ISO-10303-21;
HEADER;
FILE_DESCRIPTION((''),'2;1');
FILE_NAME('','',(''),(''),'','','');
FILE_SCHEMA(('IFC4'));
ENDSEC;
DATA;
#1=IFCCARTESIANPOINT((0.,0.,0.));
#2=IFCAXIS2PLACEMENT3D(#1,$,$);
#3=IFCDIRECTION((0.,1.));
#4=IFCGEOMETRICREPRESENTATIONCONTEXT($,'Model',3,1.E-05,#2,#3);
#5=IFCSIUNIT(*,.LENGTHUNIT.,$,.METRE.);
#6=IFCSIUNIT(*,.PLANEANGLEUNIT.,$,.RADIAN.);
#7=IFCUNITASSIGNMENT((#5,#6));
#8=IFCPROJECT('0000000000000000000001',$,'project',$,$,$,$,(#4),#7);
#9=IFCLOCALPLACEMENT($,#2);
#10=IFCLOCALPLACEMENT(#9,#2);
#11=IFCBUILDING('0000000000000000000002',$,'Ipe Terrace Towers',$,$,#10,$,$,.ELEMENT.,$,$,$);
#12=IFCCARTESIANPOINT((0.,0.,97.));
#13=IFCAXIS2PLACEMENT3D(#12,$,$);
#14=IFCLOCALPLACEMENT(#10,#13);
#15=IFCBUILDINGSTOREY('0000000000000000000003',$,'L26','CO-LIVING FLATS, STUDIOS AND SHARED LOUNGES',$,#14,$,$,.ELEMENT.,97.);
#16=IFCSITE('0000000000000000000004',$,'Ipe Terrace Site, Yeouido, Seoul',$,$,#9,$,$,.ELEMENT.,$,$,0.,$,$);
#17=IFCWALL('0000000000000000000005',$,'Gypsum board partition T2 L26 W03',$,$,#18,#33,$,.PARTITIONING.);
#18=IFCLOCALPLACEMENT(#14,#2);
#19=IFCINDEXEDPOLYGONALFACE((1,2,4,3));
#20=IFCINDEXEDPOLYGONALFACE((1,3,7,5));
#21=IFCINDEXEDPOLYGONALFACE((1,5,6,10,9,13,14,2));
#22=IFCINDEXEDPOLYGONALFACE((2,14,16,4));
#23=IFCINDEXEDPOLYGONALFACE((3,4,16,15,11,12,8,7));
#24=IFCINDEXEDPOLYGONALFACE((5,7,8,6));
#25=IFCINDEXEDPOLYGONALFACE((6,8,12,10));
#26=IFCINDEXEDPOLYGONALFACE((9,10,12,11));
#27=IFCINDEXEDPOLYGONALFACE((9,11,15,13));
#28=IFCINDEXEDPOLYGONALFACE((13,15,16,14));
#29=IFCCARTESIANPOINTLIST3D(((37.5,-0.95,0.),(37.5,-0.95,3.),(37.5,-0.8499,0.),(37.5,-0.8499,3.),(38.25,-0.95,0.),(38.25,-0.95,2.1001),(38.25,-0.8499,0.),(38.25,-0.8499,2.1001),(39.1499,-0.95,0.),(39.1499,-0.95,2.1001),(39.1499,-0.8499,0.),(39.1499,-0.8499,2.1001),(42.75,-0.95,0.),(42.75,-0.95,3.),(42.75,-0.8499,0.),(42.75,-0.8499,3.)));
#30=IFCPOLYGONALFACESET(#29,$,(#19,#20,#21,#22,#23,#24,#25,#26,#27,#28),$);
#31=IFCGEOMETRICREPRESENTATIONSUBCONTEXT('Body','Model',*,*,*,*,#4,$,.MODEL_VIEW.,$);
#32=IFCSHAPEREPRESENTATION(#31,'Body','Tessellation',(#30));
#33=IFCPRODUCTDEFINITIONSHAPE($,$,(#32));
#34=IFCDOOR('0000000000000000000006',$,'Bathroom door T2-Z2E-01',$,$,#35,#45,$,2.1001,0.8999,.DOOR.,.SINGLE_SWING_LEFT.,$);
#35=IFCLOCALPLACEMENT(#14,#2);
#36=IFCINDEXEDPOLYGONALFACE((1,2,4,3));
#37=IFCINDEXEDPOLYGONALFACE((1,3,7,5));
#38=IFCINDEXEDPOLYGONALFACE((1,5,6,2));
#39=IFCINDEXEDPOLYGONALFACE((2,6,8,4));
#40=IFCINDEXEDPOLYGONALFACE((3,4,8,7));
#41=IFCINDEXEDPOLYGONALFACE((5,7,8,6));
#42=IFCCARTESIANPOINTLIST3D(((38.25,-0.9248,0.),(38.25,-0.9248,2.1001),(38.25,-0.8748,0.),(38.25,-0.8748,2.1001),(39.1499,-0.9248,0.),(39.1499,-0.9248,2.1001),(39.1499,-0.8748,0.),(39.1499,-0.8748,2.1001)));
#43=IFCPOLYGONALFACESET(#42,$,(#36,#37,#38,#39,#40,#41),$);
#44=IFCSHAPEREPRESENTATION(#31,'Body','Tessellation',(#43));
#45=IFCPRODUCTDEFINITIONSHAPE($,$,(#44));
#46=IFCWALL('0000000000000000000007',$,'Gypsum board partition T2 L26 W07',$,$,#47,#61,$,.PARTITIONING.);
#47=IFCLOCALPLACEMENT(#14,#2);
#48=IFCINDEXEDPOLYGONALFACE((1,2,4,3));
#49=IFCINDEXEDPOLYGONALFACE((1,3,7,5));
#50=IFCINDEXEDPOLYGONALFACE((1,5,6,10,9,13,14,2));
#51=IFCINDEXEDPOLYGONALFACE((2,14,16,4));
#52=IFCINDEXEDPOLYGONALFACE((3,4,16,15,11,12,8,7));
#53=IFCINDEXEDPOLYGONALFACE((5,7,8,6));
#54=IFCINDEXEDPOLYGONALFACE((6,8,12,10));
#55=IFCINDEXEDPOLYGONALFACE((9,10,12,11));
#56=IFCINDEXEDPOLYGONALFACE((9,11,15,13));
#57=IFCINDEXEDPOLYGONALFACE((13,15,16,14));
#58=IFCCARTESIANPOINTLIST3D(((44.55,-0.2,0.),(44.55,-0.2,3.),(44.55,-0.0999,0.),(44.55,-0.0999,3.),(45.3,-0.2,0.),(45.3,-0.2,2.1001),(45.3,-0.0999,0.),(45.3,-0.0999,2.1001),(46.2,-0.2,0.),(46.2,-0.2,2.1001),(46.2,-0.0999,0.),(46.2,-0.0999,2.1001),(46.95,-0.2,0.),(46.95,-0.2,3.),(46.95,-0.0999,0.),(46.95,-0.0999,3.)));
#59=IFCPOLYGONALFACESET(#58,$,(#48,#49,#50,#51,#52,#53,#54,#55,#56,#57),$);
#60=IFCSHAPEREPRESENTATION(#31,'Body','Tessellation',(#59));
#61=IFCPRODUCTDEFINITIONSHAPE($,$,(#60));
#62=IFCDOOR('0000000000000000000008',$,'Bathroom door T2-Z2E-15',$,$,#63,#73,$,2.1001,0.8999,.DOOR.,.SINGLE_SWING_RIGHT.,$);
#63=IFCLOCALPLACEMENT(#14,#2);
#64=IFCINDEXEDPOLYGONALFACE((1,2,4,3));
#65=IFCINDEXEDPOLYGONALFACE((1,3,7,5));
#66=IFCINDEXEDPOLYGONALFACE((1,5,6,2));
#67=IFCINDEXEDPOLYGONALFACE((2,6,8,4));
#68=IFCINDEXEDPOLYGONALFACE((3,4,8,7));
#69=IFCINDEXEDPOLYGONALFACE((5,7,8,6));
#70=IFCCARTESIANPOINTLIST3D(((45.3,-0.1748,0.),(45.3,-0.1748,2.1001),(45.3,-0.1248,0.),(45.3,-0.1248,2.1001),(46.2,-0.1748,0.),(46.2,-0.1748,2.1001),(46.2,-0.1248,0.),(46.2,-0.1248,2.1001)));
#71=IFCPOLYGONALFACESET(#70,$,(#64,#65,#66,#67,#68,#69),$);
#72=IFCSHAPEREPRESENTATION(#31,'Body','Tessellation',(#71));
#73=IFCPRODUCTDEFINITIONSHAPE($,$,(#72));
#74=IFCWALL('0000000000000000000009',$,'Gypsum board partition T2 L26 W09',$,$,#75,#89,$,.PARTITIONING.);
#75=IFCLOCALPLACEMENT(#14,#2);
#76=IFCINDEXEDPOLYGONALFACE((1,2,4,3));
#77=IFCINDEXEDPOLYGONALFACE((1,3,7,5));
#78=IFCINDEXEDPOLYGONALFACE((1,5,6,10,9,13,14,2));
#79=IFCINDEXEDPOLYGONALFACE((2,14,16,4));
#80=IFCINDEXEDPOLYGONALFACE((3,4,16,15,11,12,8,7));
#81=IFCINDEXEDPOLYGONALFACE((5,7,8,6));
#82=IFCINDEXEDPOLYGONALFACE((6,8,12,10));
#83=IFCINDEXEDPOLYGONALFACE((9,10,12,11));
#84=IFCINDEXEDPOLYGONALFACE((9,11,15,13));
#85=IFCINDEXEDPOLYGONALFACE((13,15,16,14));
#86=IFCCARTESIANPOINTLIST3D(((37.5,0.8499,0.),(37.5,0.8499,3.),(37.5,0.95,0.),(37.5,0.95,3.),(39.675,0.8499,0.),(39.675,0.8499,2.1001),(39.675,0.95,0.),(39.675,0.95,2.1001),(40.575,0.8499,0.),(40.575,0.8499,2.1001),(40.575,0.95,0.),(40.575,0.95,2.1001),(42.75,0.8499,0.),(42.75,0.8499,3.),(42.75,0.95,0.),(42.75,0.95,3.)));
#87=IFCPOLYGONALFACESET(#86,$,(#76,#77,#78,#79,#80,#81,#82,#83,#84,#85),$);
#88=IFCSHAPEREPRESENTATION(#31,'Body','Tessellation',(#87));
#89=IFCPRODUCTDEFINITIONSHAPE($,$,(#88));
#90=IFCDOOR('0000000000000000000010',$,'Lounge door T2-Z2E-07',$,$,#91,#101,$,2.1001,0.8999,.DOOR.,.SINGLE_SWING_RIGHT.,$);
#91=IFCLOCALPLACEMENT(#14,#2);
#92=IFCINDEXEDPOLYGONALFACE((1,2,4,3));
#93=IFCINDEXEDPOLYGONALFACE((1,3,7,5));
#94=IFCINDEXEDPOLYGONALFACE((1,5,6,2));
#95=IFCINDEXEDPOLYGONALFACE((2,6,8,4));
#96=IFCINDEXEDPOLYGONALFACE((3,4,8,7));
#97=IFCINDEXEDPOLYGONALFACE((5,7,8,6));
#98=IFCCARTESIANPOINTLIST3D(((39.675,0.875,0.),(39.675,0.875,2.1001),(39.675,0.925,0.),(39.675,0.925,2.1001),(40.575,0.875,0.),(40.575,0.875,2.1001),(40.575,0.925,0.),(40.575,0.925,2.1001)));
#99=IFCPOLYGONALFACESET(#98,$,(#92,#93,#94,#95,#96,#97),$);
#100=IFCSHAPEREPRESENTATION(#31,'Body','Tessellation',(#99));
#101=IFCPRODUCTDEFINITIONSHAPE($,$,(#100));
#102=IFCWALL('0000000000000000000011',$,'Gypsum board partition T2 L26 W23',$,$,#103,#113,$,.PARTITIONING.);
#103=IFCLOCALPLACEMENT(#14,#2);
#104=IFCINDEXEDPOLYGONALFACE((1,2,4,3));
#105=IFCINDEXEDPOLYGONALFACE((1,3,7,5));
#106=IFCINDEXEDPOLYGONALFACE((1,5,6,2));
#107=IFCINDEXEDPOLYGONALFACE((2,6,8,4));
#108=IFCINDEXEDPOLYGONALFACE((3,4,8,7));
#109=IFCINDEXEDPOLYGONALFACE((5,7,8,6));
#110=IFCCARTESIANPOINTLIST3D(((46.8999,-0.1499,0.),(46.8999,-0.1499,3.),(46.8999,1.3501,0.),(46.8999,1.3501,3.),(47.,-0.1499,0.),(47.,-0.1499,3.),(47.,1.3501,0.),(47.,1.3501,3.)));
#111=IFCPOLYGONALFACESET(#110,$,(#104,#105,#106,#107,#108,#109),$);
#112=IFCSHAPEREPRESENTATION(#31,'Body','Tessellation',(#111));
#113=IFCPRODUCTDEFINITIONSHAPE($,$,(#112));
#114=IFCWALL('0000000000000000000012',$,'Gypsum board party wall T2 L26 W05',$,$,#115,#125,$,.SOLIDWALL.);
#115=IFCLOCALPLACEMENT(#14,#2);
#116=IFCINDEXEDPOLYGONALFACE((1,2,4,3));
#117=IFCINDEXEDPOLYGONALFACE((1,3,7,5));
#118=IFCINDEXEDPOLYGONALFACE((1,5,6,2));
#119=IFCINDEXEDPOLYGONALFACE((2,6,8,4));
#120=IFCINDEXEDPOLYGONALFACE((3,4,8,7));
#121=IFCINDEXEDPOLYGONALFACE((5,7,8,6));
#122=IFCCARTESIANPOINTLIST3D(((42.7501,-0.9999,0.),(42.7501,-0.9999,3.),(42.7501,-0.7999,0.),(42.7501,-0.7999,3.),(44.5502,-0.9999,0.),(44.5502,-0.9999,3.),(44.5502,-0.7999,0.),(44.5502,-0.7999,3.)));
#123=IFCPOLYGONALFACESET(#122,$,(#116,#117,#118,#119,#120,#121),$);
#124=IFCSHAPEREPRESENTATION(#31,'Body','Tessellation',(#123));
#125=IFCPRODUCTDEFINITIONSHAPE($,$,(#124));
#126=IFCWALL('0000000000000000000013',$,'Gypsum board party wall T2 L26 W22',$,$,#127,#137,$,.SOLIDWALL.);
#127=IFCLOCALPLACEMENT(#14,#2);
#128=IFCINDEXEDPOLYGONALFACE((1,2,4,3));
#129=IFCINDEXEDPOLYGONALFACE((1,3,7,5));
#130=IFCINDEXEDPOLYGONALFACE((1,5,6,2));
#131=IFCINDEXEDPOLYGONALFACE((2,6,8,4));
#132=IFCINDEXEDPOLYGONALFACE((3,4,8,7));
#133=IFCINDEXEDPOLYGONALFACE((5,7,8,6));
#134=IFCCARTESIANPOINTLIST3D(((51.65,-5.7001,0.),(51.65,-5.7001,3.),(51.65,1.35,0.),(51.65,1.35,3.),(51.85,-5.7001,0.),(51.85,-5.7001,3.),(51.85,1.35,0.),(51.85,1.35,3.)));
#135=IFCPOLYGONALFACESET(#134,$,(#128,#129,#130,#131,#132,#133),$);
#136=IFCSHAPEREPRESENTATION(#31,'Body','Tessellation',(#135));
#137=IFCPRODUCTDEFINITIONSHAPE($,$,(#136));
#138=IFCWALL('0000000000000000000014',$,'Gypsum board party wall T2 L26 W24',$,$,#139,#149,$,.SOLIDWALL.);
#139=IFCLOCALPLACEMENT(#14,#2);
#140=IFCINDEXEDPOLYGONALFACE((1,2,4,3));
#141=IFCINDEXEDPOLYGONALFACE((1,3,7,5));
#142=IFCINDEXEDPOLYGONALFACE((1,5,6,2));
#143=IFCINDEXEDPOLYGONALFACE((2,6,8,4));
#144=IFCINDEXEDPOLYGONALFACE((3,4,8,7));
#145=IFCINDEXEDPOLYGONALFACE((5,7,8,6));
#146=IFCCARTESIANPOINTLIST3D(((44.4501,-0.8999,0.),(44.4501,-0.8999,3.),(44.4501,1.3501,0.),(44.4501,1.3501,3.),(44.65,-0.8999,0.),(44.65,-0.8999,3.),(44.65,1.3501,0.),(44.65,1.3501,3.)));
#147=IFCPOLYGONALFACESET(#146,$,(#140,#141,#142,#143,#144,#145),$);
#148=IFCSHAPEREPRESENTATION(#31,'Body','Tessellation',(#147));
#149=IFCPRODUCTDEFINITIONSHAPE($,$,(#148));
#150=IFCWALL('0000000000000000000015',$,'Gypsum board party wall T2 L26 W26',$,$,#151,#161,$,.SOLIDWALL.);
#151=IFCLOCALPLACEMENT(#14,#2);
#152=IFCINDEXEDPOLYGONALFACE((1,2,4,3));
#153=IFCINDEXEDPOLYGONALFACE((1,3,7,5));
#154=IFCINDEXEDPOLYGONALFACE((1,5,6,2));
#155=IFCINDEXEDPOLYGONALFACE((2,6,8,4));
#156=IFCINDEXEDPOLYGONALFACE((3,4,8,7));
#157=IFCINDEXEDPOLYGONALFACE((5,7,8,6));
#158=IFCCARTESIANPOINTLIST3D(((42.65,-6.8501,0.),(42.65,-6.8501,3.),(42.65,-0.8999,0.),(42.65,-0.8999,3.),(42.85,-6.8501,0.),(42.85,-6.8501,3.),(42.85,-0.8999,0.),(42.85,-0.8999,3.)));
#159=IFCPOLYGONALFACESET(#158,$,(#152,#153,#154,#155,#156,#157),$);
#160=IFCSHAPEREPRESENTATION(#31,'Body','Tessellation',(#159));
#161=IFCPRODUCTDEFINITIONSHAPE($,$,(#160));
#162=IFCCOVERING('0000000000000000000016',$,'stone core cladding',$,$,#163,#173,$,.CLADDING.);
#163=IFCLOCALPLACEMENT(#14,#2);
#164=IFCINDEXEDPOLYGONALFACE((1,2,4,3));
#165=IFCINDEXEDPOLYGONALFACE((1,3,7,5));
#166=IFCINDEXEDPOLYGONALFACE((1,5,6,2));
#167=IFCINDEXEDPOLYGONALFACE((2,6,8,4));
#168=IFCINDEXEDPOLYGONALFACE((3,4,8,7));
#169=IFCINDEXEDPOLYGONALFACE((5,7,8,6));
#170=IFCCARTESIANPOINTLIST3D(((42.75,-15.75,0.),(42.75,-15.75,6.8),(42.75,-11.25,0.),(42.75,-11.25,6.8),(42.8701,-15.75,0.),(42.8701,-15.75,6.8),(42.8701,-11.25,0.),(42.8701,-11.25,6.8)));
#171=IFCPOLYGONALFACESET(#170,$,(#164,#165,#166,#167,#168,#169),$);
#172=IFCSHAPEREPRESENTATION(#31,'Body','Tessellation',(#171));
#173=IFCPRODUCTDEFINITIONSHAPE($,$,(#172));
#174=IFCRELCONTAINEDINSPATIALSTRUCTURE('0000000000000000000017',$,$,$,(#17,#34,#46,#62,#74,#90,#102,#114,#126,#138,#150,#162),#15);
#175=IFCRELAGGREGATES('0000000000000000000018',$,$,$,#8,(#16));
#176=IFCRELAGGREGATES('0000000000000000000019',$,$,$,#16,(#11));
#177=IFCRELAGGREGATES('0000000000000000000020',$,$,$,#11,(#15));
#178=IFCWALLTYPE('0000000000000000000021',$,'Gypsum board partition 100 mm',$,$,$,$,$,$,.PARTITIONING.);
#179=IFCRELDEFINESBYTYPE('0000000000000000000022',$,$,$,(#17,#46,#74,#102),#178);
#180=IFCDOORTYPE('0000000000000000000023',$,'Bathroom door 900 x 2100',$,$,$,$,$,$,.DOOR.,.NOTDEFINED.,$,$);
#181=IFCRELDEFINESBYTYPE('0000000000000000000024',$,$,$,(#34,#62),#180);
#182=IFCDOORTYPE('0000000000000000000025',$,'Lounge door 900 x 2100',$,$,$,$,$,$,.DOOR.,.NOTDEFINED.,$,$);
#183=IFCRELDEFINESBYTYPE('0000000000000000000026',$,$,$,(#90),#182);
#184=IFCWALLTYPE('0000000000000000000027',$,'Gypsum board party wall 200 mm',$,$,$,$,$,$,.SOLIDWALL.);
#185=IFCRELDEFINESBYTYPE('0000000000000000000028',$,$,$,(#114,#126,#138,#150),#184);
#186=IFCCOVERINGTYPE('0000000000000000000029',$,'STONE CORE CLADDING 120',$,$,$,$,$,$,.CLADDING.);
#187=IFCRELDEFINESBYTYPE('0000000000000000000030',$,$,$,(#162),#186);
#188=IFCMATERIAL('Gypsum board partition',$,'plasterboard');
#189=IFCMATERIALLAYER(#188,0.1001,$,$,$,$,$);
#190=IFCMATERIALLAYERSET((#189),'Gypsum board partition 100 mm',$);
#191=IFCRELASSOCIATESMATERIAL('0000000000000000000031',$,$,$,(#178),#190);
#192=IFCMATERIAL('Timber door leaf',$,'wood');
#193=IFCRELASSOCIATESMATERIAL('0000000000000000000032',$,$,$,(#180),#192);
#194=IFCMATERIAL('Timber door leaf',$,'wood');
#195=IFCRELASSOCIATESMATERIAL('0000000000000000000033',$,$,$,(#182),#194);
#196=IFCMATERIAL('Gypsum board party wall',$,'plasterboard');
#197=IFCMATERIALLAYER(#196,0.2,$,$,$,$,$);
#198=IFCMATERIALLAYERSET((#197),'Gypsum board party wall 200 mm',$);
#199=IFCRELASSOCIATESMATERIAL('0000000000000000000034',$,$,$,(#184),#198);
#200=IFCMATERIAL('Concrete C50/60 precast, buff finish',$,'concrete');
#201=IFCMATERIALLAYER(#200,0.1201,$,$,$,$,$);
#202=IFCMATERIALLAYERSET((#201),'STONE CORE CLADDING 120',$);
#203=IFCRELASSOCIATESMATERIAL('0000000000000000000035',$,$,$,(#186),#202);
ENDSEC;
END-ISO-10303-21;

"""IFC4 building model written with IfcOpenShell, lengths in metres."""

from ifc_helpers import new_model, si_unit, direction, frame, frame_2d, origin, origin_2d, place, context, subcontext, project, spatial, rectangle, extrude, material, layer, layer_set, type_object, element, fill, save


model = new_model("IFC4")

# Units and contexts
model_context = context("Model", 3, precision=1e-05, world=origin(), true_north=direction((0.0, 1.0)))
body_context = subcontext(model_context, "Body", "Model", "MODEL_VIEW")
ifc_project = project(units=[si_unit("LENGTHUNIT", "METRE"), si_unit("PLANEANGLEUNIT", "RADIAN")], contexts=[model_context])

# Site, building, storey
site_placement = place(None, origin())
site = spatial("IfcSite", under=ifc_project, at=site_placement, Name="Ipe Terrace Site, Yeouido, Seoul", CompositionType="ELEMENT", RefElevation=0.0)
building_placement = place(site_placement, origin())
building = spatial("IfcBuilding", under=site, at=building_placement, Name="Ipe Terrace Towers", CompositionType="ELEMENT")
storey_placement = place(building_placement, frame((0.0, 0.0, 97.0)))
storey = spatial("IfcBuildingStorey", under=building, at=storey_placement, Name="L26", Description="CO-LIVING FLATS, STUDIOS AND SHARED LOUNGES", CompositionType="ELEMENT", Elevation=97.0)

# Walls, openings, doors
ifc_material_1 = material(Name="Gypsum board partition", Category="plasterboard")
ifc_layer_1 = layer(ifc_material_1, 0.1001)
ifc_layer_set_1 = layer_set([ifc_layer_1], Name="Gypsum board partition 100 mm")
wall_type_1 = type_object("IfcWallType", Name="Gypsum board partition 100 mm", PredefinedType="PARTITIONING", material=ifc_layer_set_1)
wall_1_placement = place(storey_placement, frame((42.75, -0.8999, 0.0), z_axis=(0.0, 0.0, 1.0), x_axis=(-1.0, 0.0, 0.0)))
wall_1 = element("IfcWall", 1, at=wall_1_placement, inside=storey, type_object=wall_type_1, Name="Gypsum board partition T2 L26 W03", PredefinedType="PARTITIONING", context=body_context, shape_type="SweptSolid", body=[
    extrude(rectangle(XDim=5.25, YDim=0.1001, at=frame_2d((2.625, 0.0))), origin(), (0.0, 0.0, 1.0), 3.0),
])
opening_1_placement = place(wall_1_placement, frame((3.6001, 0.0, 0.0)))
opening_1 = element("IfcOpeningElement", 2, at=opening_1_placement, cuts=wall_1, PredefinedType="OPENING", context=body_context, shape_type="SweptSolid", body=[
    extrude(rectangle(XDim=0.8999, YDim=2.1001, at=frame_2d((0.45, 1.05))), frame((0.0, 0.0601, 0.0), z_axis=(0.0, -1.0, 0.0), x_axis=(1.0, 0.0, 0.0)), (0.0, 0.0, 1.0), 0.1201),
])
ifc_material_2 = material(Name="Timber door leaf", Category="wood")
door_type_1 = type_object("IfcDoorType", Name="Bathroom door 900 x 2100", OperationType="NOTDEFINED", PredefinedType="DOOR", material=ifc_material_2)
door_1_placement = place(opening_1_placement, origin())
door_1 = element("IfcDoor", 3, at=door_1_placement, inside=storey, type_object=door_type_1, Name="Bathroom door T2-Z2E-01", OperationType="SINGLE_SWING_LEFT", OverallHeight=2.1001, OverallWidth=0.8999, PredefinedType="DOOR", context=body_context, shape_type="SweptSolid", body=[
    extrude(rectangle(XDim=0.8999, YDim=2.1001, at=frame_2d((0.45, 1.05))), frame((0.0, 0.0249, 0.0), z_axis=(0.0, -1.0, 0.0), x_axis=(1.0, 0.0, 0.0)), (0.0, 0.0, 1.0), 0.05),
])
fill(opening_1, door_1)
wall_2_placement = place(storey_placement, frame((46.95, -0.1499, 0.0), z_axis=(0.0, 0.0, 1.0), x_axis=(-1.0, 0.0, 0.0)))
wall_2 = element("IfcWall", 4, at=wall_2_placement, inside=storey, type_object=wall_type_1, Name="Gypsum board partition T2 L26 W07", PredefinedType="PARTITIONING", context=body_context, shape_type="SweptSolid", body=[
    extrude(rectangle(XDim=2.3999, YDim=0.1001, at=frame_2d((1.2, 0.0))), origin(), (0.0, 0.0, 1.0), 3.0),
])
opening_2_placement = place(wall_2_placement, frame((0.75, 0.0, 0.0)))
opening_2 = element("IfcOpeningElement", 5, at=opening_2_placement, cuts=wall_2, PredefinedType="OPENING", context=body_context, shape_type="SweptSolid", body=[
    extrude(rectangle(XDim=0.8999, YDim=2.1001, at=frame_2d((0.45, 1.05))), frame((0.0, 0.0601, 0.0), z_axis=(0.0, -1.0, 0.0), x_axis=(1.0, 0.0, 0.0)), (0.0, 0.0, 1.0), 0.1201),
])
door_2_placement = place(opening_2_placement, origin())
door_2 = element("IfcDoor", 6, at=door_2_placement, inside=storey, type_object=door_type_1, Name="Bathroom door T2-Z2E-15", OperationType="SINGLE_SWING_RIGHT", OverallHeight=2.1001, OverallWidth=0.8999, PredefinedType="DOOR", context=body_context, shape_type="SweptSolid", body=[
    extrude(rectangle(XDim=0.8999, YDim=2.1001, at=frame_2d((0.45, 1.05))), frame((0.0, 0.0249, 0.0), z_axis=(0.0, -1.0, 0.0), x_axis=(1.0, 0.0, 0.0)), (0.0, 0.0, 1.0), 0.05),
])
fill(opening_2, door_2)
wall_3_placement = place(storey_placement, frame((42.75, 0.8999, 0.0), z_axis=(0.0, 0.0, 1.0), x_axis=(-1.0, 0.0, 0.0)))
wall_3 = element("IfcWall", 7, at=wall_3_placement, inside=storey, type_object=wall_type_1, Name="Gypsum board partition T2 L26 W09", PredefinedType="PARTITIONING", context=body_context, shape_type="SweptSolid", body=[
    extrude(rectangle(XDim=5.25, YDim=0.1001, at=frame_2d((2.625, 0.0))), origin(), (0.0, 0.0, 1.0), 3.0),
])
opening_3_placement = place(wall_3_placement, frame((2.175, 0.0, 0.0)))
opening_3 = element("IfcOpeningElement", 8, at=opening_3_placement, cuts=wall_3, PredefinedType="OPENING", context=body_context, shape_type="SweptSolid", body=[
    extrude(rectangle(XDim=0.8999, YDim=2.1001, at=frame_2d((0.45, 1.05))), frame((0.0, 0.0601, 0.0), z_axis=(0.0, -1.0, 0.0), x_axis=(1.0, 0.0, 0.0)), (0.0, 0.0, 1.0), 0.1201),
])
ifc_material_3 = material(Name="Timber door leaf", Category="wood")
door_type_2 = type_object("IfcDoorType", Name="Lounge door 900 x 2100", OperationType="NOTDEFINED", PredefinedType="DOOR", material=ifc_material_3)
door_3_placement = place(opening_3_placement, origin())
door_3 = element("IfcDoor", 9, at=door_3_placement, inside=storey, type_object=door_type_2, Name="Lounge door T2-Z2E-07", OperationType="SINGLE_SWING_RIGHT", OverallHeight=2.1001, OverallWidth=0.8999, PredefinedType="DOOR", context=body_context, shape_type="SweptSolid", body=[
    extrude(rectangle(XDim=0.8999, YDim=2.1001, at=frame_2d((0.45, 1.05))), frame((0.0, 0.0249, 0.0), z_axis=(0.0, -1.0, 0.0), x_axis=(1.0, 0.0, 0.0)), (0.0, 0.0, 1.0), 0.05),
])
fill(opening_3, door_3)

# Walls
wall_4_placement = place(storey_placement, frame((46.95, -0.1499, 0.0), z_axis=(0.0, 0.0, 1.0), x_axis=(0.0, 1.0, 0.0)))
element("IfcWall", 10, at=wall_4_placement, inside=storey, type_object=wall_type_1, Name="Gypsum board partition T2 L26 W23", PredefinedType="PARTITIONING", context=body_context, shape_type="SweptSolid", body=[
    extrude(rectangle(XDim=1.5, YDim=0.1001, at=frame_2d((0.75, 0.0))), origin(), (0.0, 0.0, 1.0), 3.0),
])
ifc_material_4 = material(Name="Gypsum board party wall", Category="plasterboard")
ifc_layer_2 = layer(ifc_material_4, 0.2)
ifc_layer_set_2 = layer_set([ifc_layer_2], Name="Gypsum board party wall 200 mm")
wall_type_2 = type_object("IfcWallType", Name="Gypsum board party wall 200 mm", PredefinedType="SOLIDWALL", material=ifc_layer_set_2)
wall_5_placement = place(storey_placement, frame((44.55, -0.8999, 0.0), z_axis=(0.0, 0.0, 1.0), x_axis=(-1.0, 0.0, 0.0)))
element("IfcWall", 11, at=wall_5_placement, inside=storey, type_object=wall_type_2, Name="Gypsum board party wall T2 L26 W05", PredefinedType="SOLIDWALL", context=body_context, shape_type="SweptSolid", body=[
    extrude(rectangle(XDim=1.8, YDim=0.2, at=frame_2d((0.8999, 0.0))), origin(), (0.0, 0.0, 1.0), 3.0),
])
wall_6_placement = place(storey_placement, frame((51.75, -5.7, 0.0), z_axis=(0.0, 0.0, 1.0), x_axis=(0.0, 1.0, 0.0)))
element("IfcWall", 12, at=wall_6_placement, inside=storey, type_object=wall_type_2, Name="Gypsum board party wall T2 L26 W22", PredefinedType="SOLIDWALL", context=body_context, shape_type="SweptSolid", body=[
    extrude(rectangle(XDim=7.05, YDim=0.2, at=frame_2d((3.5249, 0.0))), origin(), (0.0, 0.0, 1.0), 3.0),
])
wall_7_placement = place(storey_placement, frame((44.55, -0.8999, 0.0), z_axis=(0.0, 0.0, 1.0), x_axis=(0.0, 1.0, 0.0)))
element("IfcWall", 13, at=wall_7_placement, inside=storey, type_object=wall_type_2, Name="Gypsum board party wall T2 L26 W24", PredefinedType="SOLIDWALL", context=body_context, shape_type="SweptSolid", body=[
    extrude(rectangle(XDim=2.25, YDim=0.2, at=frame_2d((1.125, 0.0))), origin(), (0.0, 0.0, 1.0), 3.0),
])
wall_8_placement = place(storey_placement, frame((42.75, -6.8501, 0.0), z_axis=(0.0, 0.0, 1.0), x_axis=(0.0, 1.0, 0.0)))
element("IfcWall", 14, at=wall_8_placement, inside=storey, type_object=wall_type_2, Name="Gypsum board party wall T2 L26 W26", PredefinedType="SOLIDWALL", context=body_context, shape_type="SweptSolid", body=[
    extrude(rectangle(XDim=5.9502, YDim=0.2, at=frame_2d((2.9751, 0.0))), origin(), (0.0, 0.0, 1.0), 3.0),
])

# Covering
ifc_material_5 = material(Name="Concrete C50/60 precast, buff finish", Category="concrete")
ifc_layer_3 = layer(ifc_material_5, 0.1201)
ifc_layer_set_3 = layer_set([ifc_layer_3], Name="STONE CORE CLADDING 120")
covering_type = type_object("IfcCoveringType", Name="STONE CORE CLADDING 120", PredefinedType="CLADDING", material=ifc_layer_set_3)
covering_placement = place(storey_placement, frame((42.8101, -13.5, 0.0), z_axis=(0.0, 0.0, 1.0), x_axis=(0.0, 1.0, 0.0)))
element("IfcCovering", 15, at=covering_placement, inside=storey, type_object=covering_type, Name="stone core cladding", PredefinedType="CLADDING", context=body_context, shape_type="SweptSolid", body=[
    extrude(rectangle(XDim=4.5, YDim=0.1201, at=origin_2d()), origin(), (0.0, 0.0, 1.0), 6.8),
])

save(model, "model.ifc")
